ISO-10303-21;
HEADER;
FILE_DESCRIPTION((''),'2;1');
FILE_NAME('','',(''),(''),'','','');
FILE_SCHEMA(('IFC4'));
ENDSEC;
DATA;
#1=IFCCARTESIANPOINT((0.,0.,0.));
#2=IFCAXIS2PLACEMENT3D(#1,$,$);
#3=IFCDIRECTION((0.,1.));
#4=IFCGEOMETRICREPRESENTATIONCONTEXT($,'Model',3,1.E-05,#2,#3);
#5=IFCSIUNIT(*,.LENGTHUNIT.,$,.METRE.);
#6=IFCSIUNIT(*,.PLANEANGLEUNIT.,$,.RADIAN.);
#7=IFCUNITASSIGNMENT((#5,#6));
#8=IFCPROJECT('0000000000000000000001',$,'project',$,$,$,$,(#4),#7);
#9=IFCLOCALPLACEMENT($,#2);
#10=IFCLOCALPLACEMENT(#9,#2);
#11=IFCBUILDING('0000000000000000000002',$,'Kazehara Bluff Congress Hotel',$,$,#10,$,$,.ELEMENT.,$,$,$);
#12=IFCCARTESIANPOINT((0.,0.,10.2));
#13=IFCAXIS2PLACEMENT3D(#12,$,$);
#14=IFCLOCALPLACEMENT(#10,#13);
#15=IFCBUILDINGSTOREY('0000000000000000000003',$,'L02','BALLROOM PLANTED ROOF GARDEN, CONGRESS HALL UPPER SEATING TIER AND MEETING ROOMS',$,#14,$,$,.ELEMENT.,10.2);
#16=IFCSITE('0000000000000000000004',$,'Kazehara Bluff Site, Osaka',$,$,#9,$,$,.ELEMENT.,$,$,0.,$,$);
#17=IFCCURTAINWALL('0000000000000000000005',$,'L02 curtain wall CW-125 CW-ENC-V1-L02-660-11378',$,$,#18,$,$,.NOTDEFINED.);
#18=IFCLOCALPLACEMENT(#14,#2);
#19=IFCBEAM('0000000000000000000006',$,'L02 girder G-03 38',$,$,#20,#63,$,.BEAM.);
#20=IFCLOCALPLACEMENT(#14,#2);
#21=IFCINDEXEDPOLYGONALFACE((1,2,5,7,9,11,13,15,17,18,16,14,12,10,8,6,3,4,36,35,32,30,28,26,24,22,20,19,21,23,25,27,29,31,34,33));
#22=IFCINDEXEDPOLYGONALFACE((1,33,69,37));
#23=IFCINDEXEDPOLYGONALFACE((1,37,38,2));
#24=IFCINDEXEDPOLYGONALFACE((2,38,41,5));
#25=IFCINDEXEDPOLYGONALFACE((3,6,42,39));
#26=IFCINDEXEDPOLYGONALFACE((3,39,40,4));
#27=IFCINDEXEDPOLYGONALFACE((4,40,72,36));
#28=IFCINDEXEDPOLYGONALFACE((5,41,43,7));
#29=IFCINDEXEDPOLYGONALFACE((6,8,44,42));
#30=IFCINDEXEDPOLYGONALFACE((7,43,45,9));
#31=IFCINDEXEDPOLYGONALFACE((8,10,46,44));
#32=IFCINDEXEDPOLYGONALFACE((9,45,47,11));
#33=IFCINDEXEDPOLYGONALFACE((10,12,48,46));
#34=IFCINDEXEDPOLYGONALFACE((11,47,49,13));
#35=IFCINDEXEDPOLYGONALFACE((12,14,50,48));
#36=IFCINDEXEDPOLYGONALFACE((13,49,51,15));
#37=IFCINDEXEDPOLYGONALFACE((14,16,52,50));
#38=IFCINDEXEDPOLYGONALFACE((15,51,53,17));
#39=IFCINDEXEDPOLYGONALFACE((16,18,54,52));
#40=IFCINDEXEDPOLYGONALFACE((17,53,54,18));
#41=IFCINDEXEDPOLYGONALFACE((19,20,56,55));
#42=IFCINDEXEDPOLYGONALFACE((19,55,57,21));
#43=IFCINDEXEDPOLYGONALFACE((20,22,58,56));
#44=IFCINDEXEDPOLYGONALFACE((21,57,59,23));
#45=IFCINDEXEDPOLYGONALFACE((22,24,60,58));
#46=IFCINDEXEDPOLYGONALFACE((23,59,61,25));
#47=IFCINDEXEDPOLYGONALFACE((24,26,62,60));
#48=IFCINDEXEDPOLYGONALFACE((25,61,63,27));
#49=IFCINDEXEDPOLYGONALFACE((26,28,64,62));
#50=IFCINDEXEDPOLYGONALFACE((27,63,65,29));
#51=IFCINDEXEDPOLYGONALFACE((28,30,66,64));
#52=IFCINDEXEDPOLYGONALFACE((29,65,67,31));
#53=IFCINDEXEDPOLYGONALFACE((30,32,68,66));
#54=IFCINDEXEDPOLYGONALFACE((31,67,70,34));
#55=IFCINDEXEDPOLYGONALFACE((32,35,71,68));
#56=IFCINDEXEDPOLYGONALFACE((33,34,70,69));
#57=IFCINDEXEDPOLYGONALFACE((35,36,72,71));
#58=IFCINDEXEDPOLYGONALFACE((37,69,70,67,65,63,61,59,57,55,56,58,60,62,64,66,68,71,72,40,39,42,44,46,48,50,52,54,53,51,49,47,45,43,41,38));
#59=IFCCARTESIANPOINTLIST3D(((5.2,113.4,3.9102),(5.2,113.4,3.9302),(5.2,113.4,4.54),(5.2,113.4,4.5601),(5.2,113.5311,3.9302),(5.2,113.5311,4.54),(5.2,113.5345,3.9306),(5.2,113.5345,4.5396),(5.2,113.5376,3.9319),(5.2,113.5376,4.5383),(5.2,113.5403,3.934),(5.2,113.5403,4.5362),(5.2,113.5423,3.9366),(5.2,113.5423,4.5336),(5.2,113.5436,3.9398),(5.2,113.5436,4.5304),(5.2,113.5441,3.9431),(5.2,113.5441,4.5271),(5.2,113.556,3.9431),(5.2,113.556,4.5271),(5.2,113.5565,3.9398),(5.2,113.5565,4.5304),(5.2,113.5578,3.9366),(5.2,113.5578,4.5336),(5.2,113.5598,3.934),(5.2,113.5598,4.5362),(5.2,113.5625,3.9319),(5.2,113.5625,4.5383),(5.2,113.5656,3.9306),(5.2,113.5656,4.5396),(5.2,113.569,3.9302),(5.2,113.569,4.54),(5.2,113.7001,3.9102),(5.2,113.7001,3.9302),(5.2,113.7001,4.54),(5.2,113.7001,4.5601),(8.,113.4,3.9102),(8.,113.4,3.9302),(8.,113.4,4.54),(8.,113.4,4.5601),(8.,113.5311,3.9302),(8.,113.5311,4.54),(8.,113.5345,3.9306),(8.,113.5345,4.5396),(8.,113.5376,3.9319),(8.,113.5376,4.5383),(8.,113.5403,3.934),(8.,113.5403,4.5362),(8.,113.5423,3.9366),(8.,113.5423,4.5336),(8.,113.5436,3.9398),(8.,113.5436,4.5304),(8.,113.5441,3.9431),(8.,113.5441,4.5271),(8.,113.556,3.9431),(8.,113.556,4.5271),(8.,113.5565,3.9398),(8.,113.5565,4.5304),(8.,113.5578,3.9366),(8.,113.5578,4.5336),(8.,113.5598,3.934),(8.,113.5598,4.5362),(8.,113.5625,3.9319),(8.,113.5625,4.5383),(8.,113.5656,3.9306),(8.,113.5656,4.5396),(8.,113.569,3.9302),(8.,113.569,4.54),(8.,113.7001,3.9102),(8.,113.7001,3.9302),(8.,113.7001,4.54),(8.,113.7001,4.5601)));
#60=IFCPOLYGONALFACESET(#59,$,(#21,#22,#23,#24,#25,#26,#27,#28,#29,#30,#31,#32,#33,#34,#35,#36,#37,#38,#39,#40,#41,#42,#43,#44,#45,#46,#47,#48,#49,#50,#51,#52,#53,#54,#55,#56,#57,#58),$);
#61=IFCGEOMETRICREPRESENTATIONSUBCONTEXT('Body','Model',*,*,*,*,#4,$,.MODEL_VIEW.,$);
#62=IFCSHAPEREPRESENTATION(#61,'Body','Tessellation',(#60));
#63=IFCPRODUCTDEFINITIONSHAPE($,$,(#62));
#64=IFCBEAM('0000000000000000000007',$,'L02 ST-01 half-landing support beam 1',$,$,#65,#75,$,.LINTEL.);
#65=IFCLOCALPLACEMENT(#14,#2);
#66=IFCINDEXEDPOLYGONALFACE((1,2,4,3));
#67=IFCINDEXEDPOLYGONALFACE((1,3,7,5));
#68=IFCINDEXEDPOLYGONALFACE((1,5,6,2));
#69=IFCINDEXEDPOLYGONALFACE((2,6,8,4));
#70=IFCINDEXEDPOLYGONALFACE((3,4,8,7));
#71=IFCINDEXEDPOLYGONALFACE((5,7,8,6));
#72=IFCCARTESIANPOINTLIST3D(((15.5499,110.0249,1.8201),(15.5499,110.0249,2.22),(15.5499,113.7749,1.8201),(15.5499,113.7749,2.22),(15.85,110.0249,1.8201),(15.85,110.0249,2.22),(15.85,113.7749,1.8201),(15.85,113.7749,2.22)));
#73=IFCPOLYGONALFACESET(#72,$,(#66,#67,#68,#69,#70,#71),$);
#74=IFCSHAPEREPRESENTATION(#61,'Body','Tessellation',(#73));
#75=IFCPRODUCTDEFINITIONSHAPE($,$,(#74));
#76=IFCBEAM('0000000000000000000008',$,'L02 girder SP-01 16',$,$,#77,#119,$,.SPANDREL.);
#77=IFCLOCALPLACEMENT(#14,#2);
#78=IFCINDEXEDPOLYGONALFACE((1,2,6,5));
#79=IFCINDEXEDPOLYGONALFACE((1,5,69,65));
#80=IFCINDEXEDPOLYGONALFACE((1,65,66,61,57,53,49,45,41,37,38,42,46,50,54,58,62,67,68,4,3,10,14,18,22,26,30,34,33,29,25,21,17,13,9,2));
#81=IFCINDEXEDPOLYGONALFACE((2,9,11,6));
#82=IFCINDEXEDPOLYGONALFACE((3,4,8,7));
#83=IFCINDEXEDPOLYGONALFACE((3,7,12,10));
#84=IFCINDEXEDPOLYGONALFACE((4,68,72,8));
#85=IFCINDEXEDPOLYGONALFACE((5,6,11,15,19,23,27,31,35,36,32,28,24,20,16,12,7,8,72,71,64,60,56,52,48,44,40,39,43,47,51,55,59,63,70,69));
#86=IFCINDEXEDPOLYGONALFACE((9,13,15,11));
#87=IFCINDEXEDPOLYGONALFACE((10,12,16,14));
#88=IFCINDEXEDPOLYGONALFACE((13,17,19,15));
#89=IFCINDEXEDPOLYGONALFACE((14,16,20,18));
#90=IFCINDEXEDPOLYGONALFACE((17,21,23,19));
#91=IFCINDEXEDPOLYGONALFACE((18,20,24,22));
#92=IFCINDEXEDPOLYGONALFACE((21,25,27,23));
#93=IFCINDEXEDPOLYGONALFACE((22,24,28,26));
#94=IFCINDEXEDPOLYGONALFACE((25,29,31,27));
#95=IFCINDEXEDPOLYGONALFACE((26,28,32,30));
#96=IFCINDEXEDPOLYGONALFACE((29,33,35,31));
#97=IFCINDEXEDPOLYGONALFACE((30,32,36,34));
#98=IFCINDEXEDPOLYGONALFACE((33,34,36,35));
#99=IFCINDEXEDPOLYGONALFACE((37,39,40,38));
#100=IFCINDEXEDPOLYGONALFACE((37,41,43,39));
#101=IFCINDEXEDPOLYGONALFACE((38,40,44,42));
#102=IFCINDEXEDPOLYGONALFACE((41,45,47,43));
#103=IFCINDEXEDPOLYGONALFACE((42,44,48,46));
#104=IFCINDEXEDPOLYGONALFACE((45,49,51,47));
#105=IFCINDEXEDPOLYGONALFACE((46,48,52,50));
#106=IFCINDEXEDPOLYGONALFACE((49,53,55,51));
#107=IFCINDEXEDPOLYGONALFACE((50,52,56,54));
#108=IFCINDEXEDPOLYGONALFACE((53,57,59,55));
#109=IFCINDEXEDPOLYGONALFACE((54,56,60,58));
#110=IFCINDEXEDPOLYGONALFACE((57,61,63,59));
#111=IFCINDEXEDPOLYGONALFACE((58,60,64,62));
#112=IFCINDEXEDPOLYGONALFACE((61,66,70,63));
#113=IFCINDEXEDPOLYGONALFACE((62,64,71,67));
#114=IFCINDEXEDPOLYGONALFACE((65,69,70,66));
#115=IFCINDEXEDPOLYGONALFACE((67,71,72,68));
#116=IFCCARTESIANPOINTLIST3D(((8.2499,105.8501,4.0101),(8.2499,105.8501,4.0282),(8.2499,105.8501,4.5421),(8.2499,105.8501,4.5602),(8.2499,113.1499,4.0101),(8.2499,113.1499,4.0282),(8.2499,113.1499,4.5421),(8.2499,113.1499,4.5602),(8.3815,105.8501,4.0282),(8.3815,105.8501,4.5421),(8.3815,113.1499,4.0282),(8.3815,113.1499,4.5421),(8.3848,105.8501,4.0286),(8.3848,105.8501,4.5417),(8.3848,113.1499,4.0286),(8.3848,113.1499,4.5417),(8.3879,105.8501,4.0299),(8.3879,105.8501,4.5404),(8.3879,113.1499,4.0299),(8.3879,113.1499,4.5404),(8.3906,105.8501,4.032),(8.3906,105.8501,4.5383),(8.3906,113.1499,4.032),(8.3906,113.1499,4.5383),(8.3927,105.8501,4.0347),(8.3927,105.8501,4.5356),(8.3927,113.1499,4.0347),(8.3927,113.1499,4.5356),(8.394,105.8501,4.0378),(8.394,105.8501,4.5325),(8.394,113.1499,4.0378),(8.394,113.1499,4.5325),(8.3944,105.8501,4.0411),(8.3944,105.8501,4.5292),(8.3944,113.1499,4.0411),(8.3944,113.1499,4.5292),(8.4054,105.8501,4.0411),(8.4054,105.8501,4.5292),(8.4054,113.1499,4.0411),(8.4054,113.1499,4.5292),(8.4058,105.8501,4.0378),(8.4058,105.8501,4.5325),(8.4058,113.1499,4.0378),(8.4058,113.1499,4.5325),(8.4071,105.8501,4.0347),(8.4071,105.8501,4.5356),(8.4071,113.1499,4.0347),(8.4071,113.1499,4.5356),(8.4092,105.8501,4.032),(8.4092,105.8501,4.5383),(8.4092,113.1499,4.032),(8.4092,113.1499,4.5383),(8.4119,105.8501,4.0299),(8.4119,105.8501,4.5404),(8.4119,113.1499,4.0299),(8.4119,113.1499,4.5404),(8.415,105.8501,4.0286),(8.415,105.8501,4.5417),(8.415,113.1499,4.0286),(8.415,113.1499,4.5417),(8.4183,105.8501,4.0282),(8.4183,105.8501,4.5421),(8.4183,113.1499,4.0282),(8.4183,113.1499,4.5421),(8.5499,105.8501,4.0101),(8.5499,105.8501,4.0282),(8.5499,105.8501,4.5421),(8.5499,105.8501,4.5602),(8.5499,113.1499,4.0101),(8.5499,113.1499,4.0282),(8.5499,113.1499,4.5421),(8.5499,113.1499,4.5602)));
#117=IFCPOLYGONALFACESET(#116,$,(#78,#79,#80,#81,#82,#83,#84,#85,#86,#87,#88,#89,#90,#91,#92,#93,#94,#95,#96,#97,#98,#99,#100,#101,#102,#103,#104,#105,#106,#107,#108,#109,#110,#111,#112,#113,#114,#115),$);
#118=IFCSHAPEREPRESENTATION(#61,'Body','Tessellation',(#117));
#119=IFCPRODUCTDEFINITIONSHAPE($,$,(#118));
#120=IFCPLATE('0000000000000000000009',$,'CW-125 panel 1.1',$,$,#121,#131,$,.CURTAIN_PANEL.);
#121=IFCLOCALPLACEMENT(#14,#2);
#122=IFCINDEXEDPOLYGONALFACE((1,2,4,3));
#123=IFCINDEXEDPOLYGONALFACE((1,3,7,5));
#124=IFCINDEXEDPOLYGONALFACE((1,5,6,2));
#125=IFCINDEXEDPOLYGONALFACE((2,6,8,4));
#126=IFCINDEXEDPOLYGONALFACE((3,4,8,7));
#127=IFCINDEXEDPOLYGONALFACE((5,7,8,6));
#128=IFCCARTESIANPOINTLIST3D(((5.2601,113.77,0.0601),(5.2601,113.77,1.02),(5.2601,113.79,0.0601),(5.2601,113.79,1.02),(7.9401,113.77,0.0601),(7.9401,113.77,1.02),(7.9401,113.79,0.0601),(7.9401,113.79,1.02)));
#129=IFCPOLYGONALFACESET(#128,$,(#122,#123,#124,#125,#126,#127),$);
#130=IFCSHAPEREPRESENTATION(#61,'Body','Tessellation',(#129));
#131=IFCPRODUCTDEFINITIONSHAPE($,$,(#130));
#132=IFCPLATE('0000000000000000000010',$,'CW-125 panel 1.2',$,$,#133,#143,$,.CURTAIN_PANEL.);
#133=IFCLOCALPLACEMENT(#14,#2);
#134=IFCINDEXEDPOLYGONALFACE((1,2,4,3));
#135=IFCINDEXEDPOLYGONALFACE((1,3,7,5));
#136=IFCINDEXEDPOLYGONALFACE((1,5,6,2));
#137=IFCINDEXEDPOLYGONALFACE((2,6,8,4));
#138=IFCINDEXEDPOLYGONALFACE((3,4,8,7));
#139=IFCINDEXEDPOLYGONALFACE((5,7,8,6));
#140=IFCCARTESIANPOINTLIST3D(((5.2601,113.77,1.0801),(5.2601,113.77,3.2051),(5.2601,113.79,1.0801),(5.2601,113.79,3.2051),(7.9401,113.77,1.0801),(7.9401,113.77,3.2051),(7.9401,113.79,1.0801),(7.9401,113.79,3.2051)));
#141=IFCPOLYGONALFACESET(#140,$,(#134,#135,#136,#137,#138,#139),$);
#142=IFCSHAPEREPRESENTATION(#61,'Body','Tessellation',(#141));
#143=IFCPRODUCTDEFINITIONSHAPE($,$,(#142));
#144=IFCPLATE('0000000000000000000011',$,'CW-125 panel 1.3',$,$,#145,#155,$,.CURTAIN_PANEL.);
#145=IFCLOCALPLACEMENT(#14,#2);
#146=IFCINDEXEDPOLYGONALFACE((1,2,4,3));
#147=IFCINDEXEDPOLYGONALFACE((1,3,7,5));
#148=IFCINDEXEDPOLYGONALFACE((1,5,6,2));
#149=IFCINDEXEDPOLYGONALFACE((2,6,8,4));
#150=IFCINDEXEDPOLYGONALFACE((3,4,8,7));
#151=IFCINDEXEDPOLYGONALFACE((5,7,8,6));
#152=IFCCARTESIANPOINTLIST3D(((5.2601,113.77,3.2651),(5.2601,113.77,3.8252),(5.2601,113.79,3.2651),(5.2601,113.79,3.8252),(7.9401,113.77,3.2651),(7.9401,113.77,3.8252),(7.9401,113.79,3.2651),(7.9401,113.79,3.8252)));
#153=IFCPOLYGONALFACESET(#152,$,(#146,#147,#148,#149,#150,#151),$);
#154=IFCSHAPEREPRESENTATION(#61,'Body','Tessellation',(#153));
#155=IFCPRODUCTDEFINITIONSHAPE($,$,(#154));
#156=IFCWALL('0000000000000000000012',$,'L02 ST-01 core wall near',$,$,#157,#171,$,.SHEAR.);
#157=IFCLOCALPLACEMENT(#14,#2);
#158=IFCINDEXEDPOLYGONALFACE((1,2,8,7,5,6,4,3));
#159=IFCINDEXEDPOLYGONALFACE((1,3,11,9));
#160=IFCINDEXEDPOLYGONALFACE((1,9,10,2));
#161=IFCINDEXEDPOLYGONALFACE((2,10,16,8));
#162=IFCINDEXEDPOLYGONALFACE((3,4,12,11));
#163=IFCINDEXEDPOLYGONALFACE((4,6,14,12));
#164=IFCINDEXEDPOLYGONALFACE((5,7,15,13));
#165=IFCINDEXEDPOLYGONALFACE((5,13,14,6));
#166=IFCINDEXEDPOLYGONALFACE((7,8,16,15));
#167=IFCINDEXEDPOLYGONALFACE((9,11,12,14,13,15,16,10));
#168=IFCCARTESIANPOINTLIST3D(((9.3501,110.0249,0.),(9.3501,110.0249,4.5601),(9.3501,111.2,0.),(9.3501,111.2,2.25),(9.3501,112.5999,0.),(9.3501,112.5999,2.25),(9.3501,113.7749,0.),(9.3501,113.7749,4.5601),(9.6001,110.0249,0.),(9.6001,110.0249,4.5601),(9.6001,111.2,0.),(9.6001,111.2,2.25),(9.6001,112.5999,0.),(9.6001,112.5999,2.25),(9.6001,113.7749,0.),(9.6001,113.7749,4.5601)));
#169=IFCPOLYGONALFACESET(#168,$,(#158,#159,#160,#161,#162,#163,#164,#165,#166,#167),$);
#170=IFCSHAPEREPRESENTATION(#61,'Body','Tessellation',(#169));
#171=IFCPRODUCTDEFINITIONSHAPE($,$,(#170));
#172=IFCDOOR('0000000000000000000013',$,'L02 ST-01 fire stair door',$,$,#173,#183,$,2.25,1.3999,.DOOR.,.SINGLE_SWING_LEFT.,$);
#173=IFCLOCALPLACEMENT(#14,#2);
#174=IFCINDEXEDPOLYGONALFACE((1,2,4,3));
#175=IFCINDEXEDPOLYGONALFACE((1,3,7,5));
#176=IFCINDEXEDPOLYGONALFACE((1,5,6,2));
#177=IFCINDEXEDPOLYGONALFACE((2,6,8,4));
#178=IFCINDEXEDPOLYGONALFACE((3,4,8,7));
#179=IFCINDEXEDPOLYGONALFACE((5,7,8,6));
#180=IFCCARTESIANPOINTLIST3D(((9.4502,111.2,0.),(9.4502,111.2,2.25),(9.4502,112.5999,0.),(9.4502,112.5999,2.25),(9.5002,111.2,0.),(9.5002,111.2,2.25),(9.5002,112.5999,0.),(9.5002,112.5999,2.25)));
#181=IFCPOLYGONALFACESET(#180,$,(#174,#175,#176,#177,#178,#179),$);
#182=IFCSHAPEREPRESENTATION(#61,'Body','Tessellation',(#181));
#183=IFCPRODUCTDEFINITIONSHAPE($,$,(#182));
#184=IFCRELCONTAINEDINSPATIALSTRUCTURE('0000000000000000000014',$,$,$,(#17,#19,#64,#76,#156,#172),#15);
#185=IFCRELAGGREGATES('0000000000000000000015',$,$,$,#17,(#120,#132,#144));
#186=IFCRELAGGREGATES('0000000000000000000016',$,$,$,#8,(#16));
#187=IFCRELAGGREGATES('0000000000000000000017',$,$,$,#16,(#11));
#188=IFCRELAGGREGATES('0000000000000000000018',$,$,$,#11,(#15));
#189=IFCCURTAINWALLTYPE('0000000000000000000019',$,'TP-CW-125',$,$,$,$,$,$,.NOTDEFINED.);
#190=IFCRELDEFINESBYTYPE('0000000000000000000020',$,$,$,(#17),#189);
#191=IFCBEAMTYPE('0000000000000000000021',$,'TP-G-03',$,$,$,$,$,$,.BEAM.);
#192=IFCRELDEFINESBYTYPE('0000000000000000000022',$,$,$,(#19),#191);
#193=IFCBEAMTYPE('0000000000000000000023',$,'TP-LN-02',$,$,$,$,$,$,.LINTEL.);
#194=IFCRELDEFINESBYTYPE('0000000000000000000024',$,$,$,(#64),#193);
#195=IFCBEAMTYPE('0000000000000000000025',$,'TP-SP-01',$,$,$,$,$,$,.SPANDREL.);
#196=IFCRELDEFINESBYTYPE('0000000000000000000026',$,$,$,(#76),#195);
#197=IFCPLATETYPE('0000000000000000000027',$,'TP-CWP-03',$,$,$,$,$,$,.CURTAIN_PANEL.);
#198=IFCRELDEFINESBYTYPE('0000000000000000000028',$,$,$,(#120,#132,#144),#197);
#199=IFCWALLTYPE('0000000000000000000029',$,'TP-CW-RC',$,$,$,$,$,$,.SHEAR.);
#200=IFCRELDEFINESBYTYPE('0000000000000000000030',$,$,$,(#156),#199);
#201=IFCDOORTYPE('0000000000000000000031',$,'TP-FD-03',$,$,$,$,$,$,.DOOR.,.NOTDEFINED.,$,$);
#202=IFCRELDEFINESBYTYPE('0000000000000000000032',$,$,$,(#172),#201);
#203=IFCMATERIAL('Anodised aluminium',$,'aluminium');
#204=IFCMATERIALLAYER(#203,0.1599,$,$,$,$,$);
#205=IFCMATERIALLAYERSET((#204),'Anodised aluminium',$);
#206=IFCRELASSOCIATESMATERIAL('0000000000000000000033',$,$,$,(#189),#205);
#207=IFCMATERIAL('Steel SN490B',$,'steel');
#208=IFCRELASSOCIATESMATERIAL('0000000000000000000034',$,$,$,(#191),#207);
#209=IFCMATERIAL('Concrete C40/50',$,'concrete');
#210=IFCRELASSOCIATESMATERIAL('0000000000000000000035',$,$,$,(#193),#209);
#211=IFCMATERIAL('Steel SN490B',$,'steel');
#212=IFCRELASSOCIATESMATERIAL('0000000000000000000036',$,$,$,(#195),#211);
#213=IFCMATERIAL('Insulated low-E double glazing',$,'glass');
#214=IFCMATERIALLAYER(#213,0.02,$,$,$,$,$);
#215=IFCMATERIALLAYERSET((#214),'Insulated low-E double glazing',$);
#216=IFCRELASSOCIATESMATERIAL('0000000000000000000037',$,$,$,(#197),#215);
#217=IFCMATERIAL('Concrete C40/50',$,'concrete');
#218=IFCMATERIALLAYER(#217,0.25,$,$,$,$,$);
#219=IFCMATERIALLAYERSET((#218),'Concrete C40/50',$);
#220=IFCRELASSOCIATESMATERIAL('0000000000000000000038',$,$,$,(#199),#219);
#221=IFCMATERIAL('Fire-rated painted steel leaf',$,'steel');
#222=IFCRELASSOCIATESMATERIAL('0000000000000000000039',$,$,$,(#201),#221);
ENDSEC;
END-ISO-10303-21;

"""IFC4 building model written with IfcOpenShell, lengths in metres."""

from ifc_helpers import new_model, si_unit, direction, frame, frame_2d, origin, origin_2d, place, context, subcontext, project, spatial, rectangle, i_section, extrude, material, layer, layer_set, material_profile, profile_set, type_object, element, fill, aggregate, save


model = new_model("IFC4")

# Units and contexts
model_context = context("Model", 3, precision=1e-05, world=origin(), true_north=direction((0.0, 1.0)))
body_context = subcontext(model_context, "Body", "Model", "MODEL_VIEW")
ifc_project = project(units=[si_unit("LENGTHUNIT", "METRE"), si_unit("PLANEANGLEUNIT", "RADIAN")], contexts=[model_context])

# Site, building, storey
site_placement = place(None, origin())
site = spatial("IfcSite", under=ifc_project, at=site_placement, Name="Kazehara Bluff Site, Osaka", CompositionType="ELEMENT", RefElevation=0.0)
building_placement = place(site_placement, origin())
building = spatial("IfcBuilding", under=site, at=building_placement, Name="Kazehara Bluff Congress Hotel", CompositionType="ELEMENT")
storey_placement = place(building_placement, frame((0.0, 0.0, 10.2)))
storey = spatial("IfcBuildingStorey", under=building, at=storey_placement, Name="L02", Description="BALLROOM PLANTED ROOF GARDEN, CONGRESS HALL UPPER SEATING TIER AND MEETING ROOMS", CompositionType="ELEMENT", Elevation=10.2)

# Curtain wall
ifc_material_1 = material(Name="Anodised aluminium", Category="aluminium")
ifc_layer_1 = layer(ifc_material_1, 0.1599)
ifc_layer_set_1 = layer_set([ifc_layer_1], Name="Anodised aluminium")
curtain_wall_type = type_object("IfcCurtainWallType", Name="TP-CW-125", PredefinedType="NOTDEFINED", material=ifc_layer_set_1)
curtain_wall_placement = place(storey_placement, origin())
curtain_wall = element("IfcCurtainWall", 1, at=curtain_wall_placement, inside=storey, type_object=curtain_wall_type, Name="L02 curtain wall CW-125 CW-ENC-V1-L02-660-11378", PredefinedType="NOTDEFINED")

# Beams
ifc_material_2 = material(Name="Steel SN490B", Category="steel")
ifc_material_profile_1 = material_profile(ifc_material_2, i_section(OverallWidth=0.3, OverallDepth=0.6499, WebThickness=0.012, FlangeThickness=0.02, FilletRadius=0.0129, at=origin_2d()))
ifc_profile_set_1 = profile_set([ifc_material_profile_1], Name="Steel SN490B")
beam_type_1 = type_object("IfcBeamType", Name="TP-G-03", PredefinedType="BEAM", material=ifc_profile_set_1)
for number, where, z_axis, x_axis, name in (
    (2, (5.2, 113.55, 4.2351), (1.0, 0.0, 0.0), (0.0, 1.0, 0.0), "L02 girder G-03 38"),
):
    element("IfcBeam", number, at=place(storey_placement, frame(where, z_axis=z_axis, x_axis=x_axis)), inside=storey, type_object=beam_type_1, Name=name, PredefinedType="BEAM", context=body_context, shape_type="SweptSolid", body=[
        extrude(i_section(OverallWidth=0.3, OverallDepth=0.6499, WebThickness=0.012, FlangeThickness=0.02, FilletRadius=0.0129, at=origin_2d()), origin(), (0.0, 0.0, 1.0), 2.8),
    ])
ifc_material_3 = material(Name="Concrete C40/50", Category="concrete")
ifc_material_profile_2 = material_profile(ifc_material_3, rectangle(XDim=0.3, YDim=0.3999, at=origin_2d()))
ifc_profile_set_2 = profile_set([ifc_material_profile_2], Name="Concrete C40/50")
beam_type_2 = type_object("IfcBeamType", Name="TP-LN-02", PredefinedType="LINTEL", material=ifc_profile_set_2)
beam_1_placement = place(storey_placement, frame((15.7, 110.0249, 2.02), z_axis=(0.0, 1.0, 0.0), x_axis=(-1.0, 0.0, 0.0)))
element("IfcBeam", 3, at=beam_1_placement, inside=storey, type_object=beam_type_2, Name="L02 ST-01 half-landing support beam 1", PredefinedType="LINTEL", context=body_context, shape_type="SweptSolid", body=[
    extrude(rectangle(XDim=0.3, YDim=0.3999, at=origin_2d()), origin(), (0.0, 0.0, 1.0), 3.75),
])
ifc_material_4 = material(Name="Steel SN490B", Category="steel")
ifc_material_profile_3 = material_profile(ifc_material_4, i_section(OverallWidth=0.3, OverallDepth=0.55, WebThickness=0.011, FlangeThickness=0.0181, FilletRadius=0.0129, at=origin_2d()))
ifc_profile_set_3 = profile_set([ifc_material_profile_3], Name="Steel SN490B")
beam_type_3 = type_object("IfcBeamType", Name="TP-SP-01", PredefinedType="SPANDREL", material=ifc_profile_set_3)
beam_2_placement = place(storey_placement, frame((8.3999, 105.8501, 4.2852), z_axis=(0.0, 1.0, 0.0), x_axis=(-1.0, 0.0, 0.0)))
element("IfcBeam", 4, at=beam_2_placement, inside=storey, type_object=beam_type_3, Name="L02 girder SP-01 16", PredefinedType="SPANDREL", context=body_context, shape_type="SweptSolid", body=[
    extrude(i_section(OverallWidth=0.3, OverallDepth=0.55, WebThickness=0.011, FlangeThickness=0.0181, FilletRadius=0.0129, at=origin_2d()), origin(), (0.0, 0.0, 1.0), 7.2998),
])

# Plates
ifc_material_5 = material(Name="Insulated low-E double glazing", Category="glass")
ifc_layer_2 = layer(ifc_material_5, 0.02)
ifc_layer_set_2 = layer_set([ifc_layer_2], Name="Insulated low-E double glazing")
plate_type = type_object("IfcPlateType", Name="TP-CWP-03", PredefinedType="CURTAIN_PANEL", material=ifc_layer_set_2)
plate_1_placement = place(storey_placement, frame((6.6001, 113.78, 0.0601), z_axis=(0.0, 0.0, 1.0), x_axis=(1.0, 0.0, 0.0)))
plate_1 = element("IfcPlate", 5, at=plate_1_placement, type_object=plate_type, Name="CW-125 panel 1.1", PredefinedType="CURTAIN_PANEL", context=body_context, shape_type="SweptSolid", body=[
    extrude(rectangle(XDim=2.6799, YDim=0.02, at=origin_2d()), origin(), (0.0, 0.0, 1.0), 0.96),
])
plate_2_placement = place(storey_placement, frame((6.6001, 113.78, 1.0801), z_axis=(0.0, 0.0, 1.0), x_axis=(1.0, 0.0, 0.0)))
plate_2 = element("IfcPlate", 6, at=plate_2_placement, type_object=plate_type, Name="CW-125 panel 1.2", PredefinedType="CURTAIN_PANEL", context=body_context, shape_type="SweptSolid", body=[
    extrude(rectangle(XDim=2.6799, YDim=0.02, at=origin_2d()), origin(), (0.0, 0.0, 1.0), 2.125),
])
plate_3_placement = place(storey_placement, frame((6.6001, 113.78, 3.2651), z_axis=(0.0, 0.0, 1.0), x_axis=(1.0, 0.0, 0.0)))
plate_3 = element("IfcPlate", 7, at=plate_3_placement, type_object=plate_type, Name="CW-125 panel 1.3", PredefinedType="CURTAIN_PANEL", context=body_context, shape_type="SweptSolid", body=[
    extrude(rectangle(XDim=2.6799, YDim=0.02, at=origin_2d()), origin(), (0.0, 0.0, 1.0), 0.5601),
])
aggregate(curtain_wall, [plate_1, plate_2, plate_3])

# Wall, opening, door
ifc_material_6 = material(Name="Concrete C40/50", Category="concrete")
ifc_layer_3 = layer(ifc_material_6, 0.25)
ifc_layer_set_3 = layer_set([ifc_layer_3], Name="Concrete C40/50")
wall_type_1 = type_object("IfcWallType", Name="TP-CW-RC", PredefinedType="SHEAR", material=ifc_layer_set_3)
wall_1_placement = place(storey_placement, frame((9.4751, 110.0249, 0.0), z_axis=(0.0, 0.0, 1.0), x_axis=(0.0, 1.0, 0.0)))
wall_1 = element("IfcWall", 8, at=wall_1_placement, inside=storey, type_object=wall_type_1, Name="L02 ST-01 core wall near", PredefinedType="SHEAR", context=body_context, shape_type="SweptSolid", body=[
    extrude(rectangle(XDim=3.75, YDim=0.25, at=frame_2d((1.875, 0.0))), origin(), (0.0, 0.0, 1.0), 4.5601),
])
opening_placement = place(wall_1_placement, frame((1.175, 0.0, 0.0)))
opening = element("IfcOpeningElement", 9, at=opening_placement, cuts=wall_1, PredefinedType="OPENING", context=body_context, shape_type="SweptSolid", body=[
    extrude(rectangle(XDim=1.3999, YDim=2.25, at=frame_2d((0.7, 1.125))), frame((0.0, 0.135, 0.0), z_axis=(0.0, -1.0, 0.0), x_axis=(1.0, 0.0, 0.0)), (0.0, 0.0, 1.0), 0.27),
])
ifc_material_7 = material(Name="Fire-rated painted steel leaf", Category="steel")
door_type = type_object("IfcDoorType", Name="TP-FD-03", OperationType="NOTDEFINED", PredefinedType="DOOR", material=ifc_material_7)
door_placement = place(opening_placement, origin())
door = element("IfcDoor", 10, at=door_placement, inside=storey, type_object=door_type, Name="L02 ST-01 fire stair door", OperationType="SINGLE_SWING_LEFT", OverallHeight=2.25, OverallWidth=1.3999, PredefinedType="DOOR", context=body_context, shape_type="SweptSolid", body=[
    extrude(rectangle(XDim=1.3999, YDim=2.25, at=frame_2d((0.7, 1.125))), frame((0.0, 0.0249, 0.0), z_axis=(0.0, -1.0, 0.0), x_axis=(1.0, 0.0, 0.0)), (0.0, 0.0, 1.0), 0.05),
])
fill(opening, door)

save(model, "model.ifc")
